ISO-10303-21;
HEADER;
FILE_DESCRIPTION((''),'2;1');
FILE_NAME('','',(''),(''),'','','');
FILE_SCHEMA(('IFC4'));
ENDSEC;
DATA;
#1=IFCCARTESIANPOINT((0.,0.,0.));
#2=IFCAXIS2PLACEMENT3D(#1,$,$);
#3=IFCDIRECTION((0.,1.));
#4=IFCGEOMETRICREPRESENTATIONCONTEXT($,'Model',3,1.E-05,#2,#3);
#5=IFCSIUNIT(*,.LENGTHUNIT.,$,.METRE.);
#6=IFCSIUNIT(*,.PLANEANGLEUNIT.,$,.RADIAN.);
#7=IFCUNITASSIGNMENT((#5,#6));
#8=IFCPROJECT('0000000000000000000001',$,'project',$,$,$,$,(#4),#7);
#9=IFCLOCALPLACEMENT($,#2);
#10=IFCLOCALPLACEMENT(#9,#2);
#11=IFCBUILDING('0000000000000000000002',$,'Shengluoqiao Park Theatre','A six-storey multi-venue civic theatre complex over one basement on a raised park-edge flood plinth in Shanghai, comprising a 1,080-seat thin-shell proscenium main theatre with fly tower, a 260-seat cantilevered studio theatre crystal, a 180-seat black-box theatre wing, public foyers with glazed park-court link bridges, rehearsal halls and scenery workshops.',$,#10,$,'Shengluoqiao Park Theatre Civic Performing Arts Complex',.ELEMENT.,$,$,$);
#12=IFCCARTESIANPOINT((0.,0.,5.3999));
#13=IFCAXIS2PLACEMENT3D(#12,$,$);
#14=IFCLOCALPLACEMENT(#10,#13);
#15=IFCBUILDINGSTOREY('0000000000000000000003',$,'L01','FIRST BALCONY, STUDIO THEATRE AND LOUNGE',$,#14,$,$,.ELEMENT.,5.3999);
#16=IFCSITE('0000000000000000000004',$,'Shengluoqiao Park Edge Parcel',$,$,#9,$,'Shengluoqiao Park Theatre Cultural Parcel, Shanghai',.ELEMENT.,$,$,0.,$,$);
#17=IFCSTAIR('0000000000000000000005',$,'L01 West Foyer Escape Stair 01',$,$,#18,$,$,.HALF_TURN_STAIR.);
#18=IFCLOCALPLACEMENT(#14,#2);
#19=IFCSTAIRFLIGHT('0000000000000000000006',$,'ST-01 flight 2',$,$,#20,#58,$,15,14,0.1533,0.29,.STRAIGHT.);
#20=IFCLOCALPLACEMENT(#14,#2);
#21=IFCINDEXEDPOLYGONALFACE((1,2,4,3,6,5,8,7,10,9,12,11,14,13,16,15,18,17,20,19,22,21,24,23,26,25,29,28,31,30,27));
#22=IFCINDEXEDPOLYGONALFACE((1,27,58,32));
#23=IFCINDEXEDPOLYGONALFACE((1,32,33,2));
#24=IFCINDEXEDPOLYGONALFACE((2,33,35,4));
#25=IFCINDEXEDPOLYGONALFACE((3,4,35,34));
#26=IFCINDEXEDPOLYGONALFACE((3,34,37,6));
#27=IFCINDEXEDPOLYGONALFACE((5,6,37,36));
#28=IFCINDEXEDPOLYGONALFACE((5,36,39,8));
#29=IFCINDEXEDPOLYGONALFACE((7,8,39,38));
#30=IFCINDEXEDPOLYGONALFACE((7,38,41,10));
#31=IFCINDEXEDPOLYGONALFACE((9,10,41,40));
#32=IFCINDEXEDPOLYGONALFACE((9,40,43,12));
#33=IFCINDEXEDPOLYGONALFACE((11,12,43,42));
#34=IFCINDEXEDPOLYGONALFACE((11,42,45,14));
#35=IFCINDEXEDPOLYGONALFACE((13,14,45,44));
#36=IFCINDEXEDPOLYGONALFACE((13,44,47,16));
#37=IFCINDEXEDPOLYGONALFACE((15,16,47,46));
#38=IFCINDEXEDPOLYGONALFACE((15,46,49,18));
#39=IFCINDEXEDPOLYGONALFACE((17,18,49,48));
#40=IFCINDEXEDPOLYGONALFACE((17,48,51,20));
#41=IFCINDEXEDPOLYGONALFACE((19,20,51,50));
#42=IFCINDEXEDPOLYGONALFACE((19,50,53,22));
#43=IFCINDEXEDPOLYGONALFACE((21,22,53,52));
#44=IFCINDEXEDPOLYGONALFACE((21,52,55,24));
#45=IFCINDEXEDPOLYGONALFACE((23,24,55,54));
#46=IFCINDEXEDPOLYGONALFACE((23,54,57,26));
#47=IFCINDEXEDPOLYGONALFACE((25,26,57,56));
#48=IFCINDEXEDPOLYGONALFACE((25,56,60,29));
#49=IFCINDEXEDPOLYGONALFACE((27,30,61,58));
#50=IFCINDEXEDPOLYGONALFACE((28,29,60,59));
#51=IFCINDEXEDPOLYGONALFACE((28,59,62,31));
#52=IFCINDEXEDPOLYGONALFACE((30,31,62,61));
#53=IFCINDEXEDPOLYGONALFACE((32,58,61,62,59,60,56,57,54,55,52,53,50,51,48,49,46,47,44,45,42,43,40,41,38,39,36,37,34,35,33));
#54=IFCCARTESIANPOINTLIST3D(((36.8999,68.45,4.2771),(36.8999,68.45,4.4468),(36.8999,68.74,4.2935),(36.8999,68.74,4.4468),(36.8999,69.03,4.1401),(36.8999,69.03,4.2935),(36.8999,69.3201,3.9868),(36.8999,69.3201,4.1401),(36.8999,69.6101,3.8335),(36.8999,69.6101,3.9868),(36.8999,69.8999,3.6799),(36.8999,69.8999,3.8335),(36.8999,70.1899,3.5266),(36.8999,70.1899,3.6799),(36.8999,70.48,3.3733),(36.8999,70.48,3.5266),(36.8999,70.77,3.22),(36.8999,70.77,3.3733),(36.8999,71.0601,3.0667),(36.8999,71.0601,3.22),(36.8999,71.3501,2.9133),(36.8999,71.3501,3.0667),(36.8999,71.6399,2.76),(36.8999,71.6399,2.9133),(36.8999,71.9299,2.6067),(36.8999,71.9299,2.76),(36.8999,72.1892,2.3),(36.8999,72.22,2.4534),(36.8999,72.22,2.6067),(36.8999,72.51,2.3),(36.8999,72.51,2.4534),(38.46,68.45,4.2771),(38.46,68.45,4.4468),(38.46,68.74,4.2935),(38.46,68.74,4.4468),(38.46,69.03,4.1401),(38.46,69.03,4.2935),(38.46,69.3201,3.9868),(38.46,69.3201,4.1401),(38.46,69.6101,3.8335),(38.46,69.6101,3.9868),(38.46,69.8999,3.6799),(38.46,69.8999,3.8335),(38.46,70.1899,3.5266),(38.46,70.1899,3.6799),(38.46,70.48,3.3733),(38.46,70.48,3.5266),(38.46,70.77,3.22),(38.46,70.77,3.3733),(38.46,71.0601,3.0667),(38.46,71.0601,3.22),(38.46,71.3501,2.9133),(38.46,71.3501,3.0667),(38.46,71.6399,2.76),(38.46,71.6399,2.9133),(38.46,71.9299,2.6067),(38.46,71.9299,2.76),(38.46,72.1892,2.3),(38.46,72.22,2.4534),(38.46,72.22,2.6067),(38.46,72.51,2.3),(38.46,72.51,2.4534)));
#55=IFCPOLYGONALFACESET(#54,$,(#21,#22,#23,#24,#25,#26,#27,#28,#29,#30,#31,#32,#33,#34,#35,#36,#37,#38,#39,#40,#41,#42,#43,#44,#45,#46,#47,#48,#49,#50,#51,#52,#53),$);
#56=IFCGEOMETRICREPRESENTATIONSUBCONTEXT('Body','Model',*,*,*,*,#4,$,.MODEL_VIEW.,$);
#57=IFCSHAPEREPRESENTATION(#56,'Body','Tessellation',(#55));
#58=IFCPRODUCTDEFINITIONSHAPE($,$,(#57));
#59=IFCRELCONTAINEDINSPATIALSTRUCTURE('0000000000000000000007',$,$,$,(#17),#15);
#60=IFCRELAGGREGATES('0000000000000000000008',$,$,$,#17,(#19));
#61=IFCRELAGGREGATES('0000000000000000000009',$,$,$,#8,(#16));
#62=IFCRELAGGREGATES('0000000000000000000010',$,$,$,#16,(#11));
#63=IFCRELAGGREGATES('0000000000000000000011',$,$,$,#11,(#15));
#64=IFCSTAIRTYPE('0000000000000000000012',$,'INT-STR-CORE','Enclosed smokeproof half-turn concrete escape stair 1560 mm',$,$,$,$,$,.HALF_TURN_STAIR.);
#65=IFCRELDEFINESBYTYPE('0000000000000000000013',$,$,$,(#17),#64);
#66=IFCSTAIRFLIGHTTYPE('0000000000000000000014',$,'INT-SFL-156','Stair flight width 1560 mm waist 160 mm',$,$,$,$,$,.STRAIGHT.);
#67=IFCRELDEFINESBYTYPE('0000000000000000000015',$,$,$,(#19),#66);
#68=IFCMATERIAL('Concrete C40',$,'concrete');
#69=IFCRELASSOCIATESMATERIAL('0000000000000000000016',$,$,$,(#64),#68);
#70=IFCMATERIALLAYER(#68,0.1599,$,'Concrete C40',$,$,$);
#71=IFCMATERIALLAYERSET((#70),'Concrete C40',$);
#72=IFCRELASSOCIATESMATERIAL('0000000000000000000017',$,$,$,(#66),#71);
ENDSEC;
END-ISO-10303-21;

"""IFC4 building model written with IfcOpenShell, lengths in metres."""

from ifc_helpers import new_model, si_unit, direction, frame, origin, place, context, subcontext, project, spatial, polyline, outline, extrude, material, layer, layer_set, type_object, element, aggregate, save


model = new_model("IFC4")

# Units and contexts
model_context = context("Model", 3, precision=1e-05, world=origin(), true_north=direction((0.0, 1.0)))
body_context = subcontext(model_context, "Body", "Model", "MODEL_VIEW")
ifc_project = project(units=[si_unit("LENGTHUNIT", "METRE"), si_unit("PLANEANGLEUNIT", "RADIAN")], contexts=[model_context])

# Site, building, storey
site_placement = place(None, origin())
site = spatial("IfcSite", under=ifc_project, at=site_placement, Name="Shengluoqiao Park Edge Parcel", LongName="Shengluoqiao Park Theatre Cultural Parcel, Shanghai", CompositionType="ELEMENT", RefElevation=0.0)
building_placement = place(site_placement, origin())
building = spatial("IfcBuilding", under=site, at=building_placement, Name="Shengluoqiao Park Theatre", Description="A six-storey multi-venue civic theatre complex over one basement on a raised park-edge flood plinth in Shanghai, comprising a 1,080-seat thin-shell proscenium main theatre with fly tower, a 260-seat cantilevered studio theatre crystal, a 180-seat black-box theatre wing, public foyers with glazed park-court link bridges, rehearsal halls and scenery workshops.", LongName="Shengluoqiao Park Theatre Civic Performing Arts Complex", CompositionType="ELEMENT")
storey_placement = place(building_placement, frame((0.0, 0.0, 5.3999)))
storey = spatial("IfcBuildingStorey", under=building, at=storey_placement, Name="L01", Description="FIRST BALCONY, STUDIO THEATRE AND LOUNGE", CompositionType="ELEMENT", Elevation=5.3999)

# Shared definitions
ifc_material_1 = material(Name="Concrete C40", Category="concrete")

# Stair, stair flight
stair_type = type_object("IfcStairType", Name="INT-STR-CORE", Description="Enclosed smokeproof half-turn concrete escape stair 1560 mm", PredefinedType="HALF_TURN_STAIR", material=ifc_material_1)
stair_placement = place(storey_placement, origin())
stair = element("IfcStair", 1, at=stair_placement, inside=storey, type_object=stair_type, Name="L01 West Foyer Escape Stair 01", PredefinedType="HALF_TURN_STAIR")
ifc_layer_1 = layer(ifc_material_1, 0.1599, Name="Concrete C40")
ifc_layer_set_1 = layer_set([ifc_layer_1], Name="Concrete C40")
stair_flight_type = type_object("IfcStairFlightType", Name="INT-SFL-156", Description="Stair flight width 1560 mm waist 160 mm", PredefinedType="STRAIGHT", material=ifc_layer_set_1)
stair_flight_1_placement = place(storey_placement, frame((37.6799, 72.51, 2.3), z_axis=(0.0, 0.0, 1.0), x_axis=(0.0, -1.0, 0.0)))
stair_flight_1 = element("IfcStairFlight", 2, at=stair_flight_1_placement, type_object=stair_flight_type, Name="ST-01 flight 2", NumberOfRisers=15, NumberOfTreads=14, PredefinedType="STRAIGHT", RiserHeight=0.1533, TreadLength=0.29, context=body_context, shape_type="SweptSolid", body=[
    extrude(outline(polyline([(0.0, 0.0), (0.0, 0.1533), (0.29, 0.1533), (0.29, 0.3066), (0.5801, 0.3066), (0.5801, 0.46), (0.8701, 0.46), (0.8701, 0.6133), (1.1599, 0.6133), (1.1599, 0.7666), (1.45, 0.7666), (1.45, 0.9199), (1.74, 0.9199), (1.74, 1.0732), (2.03, 1.0732), (2.03, 1.2266), (2.3201, 1.2266), (2.3201, 1.3799), (2.6101, 1.3799), (2.6101, 1.5334), (2.8999, 1.5334), (2.8999, 1.6868), (3.1899, 1.6868), (3.1899, 1.8401), (3.48, 1.8401), (3.48, 1.9934), (3.77, 1.9934), (3.77, 2.1467), (4.0601, 2.1467), (4.0601, 2.3), (4.0601, 1.9771), (0.3208, 0.0), (0.0, 0.0)])), frame((0.0, 0.78, 0.0), z_axis=(0.0, -1.0, 0.0), x_axis=(1.0, 0.0, 0.0)), (0.0, 0.0, 1.0), 1.5601),
])
aggregate(stair, [stair_flight_1])

save(model, "model.ifc")
